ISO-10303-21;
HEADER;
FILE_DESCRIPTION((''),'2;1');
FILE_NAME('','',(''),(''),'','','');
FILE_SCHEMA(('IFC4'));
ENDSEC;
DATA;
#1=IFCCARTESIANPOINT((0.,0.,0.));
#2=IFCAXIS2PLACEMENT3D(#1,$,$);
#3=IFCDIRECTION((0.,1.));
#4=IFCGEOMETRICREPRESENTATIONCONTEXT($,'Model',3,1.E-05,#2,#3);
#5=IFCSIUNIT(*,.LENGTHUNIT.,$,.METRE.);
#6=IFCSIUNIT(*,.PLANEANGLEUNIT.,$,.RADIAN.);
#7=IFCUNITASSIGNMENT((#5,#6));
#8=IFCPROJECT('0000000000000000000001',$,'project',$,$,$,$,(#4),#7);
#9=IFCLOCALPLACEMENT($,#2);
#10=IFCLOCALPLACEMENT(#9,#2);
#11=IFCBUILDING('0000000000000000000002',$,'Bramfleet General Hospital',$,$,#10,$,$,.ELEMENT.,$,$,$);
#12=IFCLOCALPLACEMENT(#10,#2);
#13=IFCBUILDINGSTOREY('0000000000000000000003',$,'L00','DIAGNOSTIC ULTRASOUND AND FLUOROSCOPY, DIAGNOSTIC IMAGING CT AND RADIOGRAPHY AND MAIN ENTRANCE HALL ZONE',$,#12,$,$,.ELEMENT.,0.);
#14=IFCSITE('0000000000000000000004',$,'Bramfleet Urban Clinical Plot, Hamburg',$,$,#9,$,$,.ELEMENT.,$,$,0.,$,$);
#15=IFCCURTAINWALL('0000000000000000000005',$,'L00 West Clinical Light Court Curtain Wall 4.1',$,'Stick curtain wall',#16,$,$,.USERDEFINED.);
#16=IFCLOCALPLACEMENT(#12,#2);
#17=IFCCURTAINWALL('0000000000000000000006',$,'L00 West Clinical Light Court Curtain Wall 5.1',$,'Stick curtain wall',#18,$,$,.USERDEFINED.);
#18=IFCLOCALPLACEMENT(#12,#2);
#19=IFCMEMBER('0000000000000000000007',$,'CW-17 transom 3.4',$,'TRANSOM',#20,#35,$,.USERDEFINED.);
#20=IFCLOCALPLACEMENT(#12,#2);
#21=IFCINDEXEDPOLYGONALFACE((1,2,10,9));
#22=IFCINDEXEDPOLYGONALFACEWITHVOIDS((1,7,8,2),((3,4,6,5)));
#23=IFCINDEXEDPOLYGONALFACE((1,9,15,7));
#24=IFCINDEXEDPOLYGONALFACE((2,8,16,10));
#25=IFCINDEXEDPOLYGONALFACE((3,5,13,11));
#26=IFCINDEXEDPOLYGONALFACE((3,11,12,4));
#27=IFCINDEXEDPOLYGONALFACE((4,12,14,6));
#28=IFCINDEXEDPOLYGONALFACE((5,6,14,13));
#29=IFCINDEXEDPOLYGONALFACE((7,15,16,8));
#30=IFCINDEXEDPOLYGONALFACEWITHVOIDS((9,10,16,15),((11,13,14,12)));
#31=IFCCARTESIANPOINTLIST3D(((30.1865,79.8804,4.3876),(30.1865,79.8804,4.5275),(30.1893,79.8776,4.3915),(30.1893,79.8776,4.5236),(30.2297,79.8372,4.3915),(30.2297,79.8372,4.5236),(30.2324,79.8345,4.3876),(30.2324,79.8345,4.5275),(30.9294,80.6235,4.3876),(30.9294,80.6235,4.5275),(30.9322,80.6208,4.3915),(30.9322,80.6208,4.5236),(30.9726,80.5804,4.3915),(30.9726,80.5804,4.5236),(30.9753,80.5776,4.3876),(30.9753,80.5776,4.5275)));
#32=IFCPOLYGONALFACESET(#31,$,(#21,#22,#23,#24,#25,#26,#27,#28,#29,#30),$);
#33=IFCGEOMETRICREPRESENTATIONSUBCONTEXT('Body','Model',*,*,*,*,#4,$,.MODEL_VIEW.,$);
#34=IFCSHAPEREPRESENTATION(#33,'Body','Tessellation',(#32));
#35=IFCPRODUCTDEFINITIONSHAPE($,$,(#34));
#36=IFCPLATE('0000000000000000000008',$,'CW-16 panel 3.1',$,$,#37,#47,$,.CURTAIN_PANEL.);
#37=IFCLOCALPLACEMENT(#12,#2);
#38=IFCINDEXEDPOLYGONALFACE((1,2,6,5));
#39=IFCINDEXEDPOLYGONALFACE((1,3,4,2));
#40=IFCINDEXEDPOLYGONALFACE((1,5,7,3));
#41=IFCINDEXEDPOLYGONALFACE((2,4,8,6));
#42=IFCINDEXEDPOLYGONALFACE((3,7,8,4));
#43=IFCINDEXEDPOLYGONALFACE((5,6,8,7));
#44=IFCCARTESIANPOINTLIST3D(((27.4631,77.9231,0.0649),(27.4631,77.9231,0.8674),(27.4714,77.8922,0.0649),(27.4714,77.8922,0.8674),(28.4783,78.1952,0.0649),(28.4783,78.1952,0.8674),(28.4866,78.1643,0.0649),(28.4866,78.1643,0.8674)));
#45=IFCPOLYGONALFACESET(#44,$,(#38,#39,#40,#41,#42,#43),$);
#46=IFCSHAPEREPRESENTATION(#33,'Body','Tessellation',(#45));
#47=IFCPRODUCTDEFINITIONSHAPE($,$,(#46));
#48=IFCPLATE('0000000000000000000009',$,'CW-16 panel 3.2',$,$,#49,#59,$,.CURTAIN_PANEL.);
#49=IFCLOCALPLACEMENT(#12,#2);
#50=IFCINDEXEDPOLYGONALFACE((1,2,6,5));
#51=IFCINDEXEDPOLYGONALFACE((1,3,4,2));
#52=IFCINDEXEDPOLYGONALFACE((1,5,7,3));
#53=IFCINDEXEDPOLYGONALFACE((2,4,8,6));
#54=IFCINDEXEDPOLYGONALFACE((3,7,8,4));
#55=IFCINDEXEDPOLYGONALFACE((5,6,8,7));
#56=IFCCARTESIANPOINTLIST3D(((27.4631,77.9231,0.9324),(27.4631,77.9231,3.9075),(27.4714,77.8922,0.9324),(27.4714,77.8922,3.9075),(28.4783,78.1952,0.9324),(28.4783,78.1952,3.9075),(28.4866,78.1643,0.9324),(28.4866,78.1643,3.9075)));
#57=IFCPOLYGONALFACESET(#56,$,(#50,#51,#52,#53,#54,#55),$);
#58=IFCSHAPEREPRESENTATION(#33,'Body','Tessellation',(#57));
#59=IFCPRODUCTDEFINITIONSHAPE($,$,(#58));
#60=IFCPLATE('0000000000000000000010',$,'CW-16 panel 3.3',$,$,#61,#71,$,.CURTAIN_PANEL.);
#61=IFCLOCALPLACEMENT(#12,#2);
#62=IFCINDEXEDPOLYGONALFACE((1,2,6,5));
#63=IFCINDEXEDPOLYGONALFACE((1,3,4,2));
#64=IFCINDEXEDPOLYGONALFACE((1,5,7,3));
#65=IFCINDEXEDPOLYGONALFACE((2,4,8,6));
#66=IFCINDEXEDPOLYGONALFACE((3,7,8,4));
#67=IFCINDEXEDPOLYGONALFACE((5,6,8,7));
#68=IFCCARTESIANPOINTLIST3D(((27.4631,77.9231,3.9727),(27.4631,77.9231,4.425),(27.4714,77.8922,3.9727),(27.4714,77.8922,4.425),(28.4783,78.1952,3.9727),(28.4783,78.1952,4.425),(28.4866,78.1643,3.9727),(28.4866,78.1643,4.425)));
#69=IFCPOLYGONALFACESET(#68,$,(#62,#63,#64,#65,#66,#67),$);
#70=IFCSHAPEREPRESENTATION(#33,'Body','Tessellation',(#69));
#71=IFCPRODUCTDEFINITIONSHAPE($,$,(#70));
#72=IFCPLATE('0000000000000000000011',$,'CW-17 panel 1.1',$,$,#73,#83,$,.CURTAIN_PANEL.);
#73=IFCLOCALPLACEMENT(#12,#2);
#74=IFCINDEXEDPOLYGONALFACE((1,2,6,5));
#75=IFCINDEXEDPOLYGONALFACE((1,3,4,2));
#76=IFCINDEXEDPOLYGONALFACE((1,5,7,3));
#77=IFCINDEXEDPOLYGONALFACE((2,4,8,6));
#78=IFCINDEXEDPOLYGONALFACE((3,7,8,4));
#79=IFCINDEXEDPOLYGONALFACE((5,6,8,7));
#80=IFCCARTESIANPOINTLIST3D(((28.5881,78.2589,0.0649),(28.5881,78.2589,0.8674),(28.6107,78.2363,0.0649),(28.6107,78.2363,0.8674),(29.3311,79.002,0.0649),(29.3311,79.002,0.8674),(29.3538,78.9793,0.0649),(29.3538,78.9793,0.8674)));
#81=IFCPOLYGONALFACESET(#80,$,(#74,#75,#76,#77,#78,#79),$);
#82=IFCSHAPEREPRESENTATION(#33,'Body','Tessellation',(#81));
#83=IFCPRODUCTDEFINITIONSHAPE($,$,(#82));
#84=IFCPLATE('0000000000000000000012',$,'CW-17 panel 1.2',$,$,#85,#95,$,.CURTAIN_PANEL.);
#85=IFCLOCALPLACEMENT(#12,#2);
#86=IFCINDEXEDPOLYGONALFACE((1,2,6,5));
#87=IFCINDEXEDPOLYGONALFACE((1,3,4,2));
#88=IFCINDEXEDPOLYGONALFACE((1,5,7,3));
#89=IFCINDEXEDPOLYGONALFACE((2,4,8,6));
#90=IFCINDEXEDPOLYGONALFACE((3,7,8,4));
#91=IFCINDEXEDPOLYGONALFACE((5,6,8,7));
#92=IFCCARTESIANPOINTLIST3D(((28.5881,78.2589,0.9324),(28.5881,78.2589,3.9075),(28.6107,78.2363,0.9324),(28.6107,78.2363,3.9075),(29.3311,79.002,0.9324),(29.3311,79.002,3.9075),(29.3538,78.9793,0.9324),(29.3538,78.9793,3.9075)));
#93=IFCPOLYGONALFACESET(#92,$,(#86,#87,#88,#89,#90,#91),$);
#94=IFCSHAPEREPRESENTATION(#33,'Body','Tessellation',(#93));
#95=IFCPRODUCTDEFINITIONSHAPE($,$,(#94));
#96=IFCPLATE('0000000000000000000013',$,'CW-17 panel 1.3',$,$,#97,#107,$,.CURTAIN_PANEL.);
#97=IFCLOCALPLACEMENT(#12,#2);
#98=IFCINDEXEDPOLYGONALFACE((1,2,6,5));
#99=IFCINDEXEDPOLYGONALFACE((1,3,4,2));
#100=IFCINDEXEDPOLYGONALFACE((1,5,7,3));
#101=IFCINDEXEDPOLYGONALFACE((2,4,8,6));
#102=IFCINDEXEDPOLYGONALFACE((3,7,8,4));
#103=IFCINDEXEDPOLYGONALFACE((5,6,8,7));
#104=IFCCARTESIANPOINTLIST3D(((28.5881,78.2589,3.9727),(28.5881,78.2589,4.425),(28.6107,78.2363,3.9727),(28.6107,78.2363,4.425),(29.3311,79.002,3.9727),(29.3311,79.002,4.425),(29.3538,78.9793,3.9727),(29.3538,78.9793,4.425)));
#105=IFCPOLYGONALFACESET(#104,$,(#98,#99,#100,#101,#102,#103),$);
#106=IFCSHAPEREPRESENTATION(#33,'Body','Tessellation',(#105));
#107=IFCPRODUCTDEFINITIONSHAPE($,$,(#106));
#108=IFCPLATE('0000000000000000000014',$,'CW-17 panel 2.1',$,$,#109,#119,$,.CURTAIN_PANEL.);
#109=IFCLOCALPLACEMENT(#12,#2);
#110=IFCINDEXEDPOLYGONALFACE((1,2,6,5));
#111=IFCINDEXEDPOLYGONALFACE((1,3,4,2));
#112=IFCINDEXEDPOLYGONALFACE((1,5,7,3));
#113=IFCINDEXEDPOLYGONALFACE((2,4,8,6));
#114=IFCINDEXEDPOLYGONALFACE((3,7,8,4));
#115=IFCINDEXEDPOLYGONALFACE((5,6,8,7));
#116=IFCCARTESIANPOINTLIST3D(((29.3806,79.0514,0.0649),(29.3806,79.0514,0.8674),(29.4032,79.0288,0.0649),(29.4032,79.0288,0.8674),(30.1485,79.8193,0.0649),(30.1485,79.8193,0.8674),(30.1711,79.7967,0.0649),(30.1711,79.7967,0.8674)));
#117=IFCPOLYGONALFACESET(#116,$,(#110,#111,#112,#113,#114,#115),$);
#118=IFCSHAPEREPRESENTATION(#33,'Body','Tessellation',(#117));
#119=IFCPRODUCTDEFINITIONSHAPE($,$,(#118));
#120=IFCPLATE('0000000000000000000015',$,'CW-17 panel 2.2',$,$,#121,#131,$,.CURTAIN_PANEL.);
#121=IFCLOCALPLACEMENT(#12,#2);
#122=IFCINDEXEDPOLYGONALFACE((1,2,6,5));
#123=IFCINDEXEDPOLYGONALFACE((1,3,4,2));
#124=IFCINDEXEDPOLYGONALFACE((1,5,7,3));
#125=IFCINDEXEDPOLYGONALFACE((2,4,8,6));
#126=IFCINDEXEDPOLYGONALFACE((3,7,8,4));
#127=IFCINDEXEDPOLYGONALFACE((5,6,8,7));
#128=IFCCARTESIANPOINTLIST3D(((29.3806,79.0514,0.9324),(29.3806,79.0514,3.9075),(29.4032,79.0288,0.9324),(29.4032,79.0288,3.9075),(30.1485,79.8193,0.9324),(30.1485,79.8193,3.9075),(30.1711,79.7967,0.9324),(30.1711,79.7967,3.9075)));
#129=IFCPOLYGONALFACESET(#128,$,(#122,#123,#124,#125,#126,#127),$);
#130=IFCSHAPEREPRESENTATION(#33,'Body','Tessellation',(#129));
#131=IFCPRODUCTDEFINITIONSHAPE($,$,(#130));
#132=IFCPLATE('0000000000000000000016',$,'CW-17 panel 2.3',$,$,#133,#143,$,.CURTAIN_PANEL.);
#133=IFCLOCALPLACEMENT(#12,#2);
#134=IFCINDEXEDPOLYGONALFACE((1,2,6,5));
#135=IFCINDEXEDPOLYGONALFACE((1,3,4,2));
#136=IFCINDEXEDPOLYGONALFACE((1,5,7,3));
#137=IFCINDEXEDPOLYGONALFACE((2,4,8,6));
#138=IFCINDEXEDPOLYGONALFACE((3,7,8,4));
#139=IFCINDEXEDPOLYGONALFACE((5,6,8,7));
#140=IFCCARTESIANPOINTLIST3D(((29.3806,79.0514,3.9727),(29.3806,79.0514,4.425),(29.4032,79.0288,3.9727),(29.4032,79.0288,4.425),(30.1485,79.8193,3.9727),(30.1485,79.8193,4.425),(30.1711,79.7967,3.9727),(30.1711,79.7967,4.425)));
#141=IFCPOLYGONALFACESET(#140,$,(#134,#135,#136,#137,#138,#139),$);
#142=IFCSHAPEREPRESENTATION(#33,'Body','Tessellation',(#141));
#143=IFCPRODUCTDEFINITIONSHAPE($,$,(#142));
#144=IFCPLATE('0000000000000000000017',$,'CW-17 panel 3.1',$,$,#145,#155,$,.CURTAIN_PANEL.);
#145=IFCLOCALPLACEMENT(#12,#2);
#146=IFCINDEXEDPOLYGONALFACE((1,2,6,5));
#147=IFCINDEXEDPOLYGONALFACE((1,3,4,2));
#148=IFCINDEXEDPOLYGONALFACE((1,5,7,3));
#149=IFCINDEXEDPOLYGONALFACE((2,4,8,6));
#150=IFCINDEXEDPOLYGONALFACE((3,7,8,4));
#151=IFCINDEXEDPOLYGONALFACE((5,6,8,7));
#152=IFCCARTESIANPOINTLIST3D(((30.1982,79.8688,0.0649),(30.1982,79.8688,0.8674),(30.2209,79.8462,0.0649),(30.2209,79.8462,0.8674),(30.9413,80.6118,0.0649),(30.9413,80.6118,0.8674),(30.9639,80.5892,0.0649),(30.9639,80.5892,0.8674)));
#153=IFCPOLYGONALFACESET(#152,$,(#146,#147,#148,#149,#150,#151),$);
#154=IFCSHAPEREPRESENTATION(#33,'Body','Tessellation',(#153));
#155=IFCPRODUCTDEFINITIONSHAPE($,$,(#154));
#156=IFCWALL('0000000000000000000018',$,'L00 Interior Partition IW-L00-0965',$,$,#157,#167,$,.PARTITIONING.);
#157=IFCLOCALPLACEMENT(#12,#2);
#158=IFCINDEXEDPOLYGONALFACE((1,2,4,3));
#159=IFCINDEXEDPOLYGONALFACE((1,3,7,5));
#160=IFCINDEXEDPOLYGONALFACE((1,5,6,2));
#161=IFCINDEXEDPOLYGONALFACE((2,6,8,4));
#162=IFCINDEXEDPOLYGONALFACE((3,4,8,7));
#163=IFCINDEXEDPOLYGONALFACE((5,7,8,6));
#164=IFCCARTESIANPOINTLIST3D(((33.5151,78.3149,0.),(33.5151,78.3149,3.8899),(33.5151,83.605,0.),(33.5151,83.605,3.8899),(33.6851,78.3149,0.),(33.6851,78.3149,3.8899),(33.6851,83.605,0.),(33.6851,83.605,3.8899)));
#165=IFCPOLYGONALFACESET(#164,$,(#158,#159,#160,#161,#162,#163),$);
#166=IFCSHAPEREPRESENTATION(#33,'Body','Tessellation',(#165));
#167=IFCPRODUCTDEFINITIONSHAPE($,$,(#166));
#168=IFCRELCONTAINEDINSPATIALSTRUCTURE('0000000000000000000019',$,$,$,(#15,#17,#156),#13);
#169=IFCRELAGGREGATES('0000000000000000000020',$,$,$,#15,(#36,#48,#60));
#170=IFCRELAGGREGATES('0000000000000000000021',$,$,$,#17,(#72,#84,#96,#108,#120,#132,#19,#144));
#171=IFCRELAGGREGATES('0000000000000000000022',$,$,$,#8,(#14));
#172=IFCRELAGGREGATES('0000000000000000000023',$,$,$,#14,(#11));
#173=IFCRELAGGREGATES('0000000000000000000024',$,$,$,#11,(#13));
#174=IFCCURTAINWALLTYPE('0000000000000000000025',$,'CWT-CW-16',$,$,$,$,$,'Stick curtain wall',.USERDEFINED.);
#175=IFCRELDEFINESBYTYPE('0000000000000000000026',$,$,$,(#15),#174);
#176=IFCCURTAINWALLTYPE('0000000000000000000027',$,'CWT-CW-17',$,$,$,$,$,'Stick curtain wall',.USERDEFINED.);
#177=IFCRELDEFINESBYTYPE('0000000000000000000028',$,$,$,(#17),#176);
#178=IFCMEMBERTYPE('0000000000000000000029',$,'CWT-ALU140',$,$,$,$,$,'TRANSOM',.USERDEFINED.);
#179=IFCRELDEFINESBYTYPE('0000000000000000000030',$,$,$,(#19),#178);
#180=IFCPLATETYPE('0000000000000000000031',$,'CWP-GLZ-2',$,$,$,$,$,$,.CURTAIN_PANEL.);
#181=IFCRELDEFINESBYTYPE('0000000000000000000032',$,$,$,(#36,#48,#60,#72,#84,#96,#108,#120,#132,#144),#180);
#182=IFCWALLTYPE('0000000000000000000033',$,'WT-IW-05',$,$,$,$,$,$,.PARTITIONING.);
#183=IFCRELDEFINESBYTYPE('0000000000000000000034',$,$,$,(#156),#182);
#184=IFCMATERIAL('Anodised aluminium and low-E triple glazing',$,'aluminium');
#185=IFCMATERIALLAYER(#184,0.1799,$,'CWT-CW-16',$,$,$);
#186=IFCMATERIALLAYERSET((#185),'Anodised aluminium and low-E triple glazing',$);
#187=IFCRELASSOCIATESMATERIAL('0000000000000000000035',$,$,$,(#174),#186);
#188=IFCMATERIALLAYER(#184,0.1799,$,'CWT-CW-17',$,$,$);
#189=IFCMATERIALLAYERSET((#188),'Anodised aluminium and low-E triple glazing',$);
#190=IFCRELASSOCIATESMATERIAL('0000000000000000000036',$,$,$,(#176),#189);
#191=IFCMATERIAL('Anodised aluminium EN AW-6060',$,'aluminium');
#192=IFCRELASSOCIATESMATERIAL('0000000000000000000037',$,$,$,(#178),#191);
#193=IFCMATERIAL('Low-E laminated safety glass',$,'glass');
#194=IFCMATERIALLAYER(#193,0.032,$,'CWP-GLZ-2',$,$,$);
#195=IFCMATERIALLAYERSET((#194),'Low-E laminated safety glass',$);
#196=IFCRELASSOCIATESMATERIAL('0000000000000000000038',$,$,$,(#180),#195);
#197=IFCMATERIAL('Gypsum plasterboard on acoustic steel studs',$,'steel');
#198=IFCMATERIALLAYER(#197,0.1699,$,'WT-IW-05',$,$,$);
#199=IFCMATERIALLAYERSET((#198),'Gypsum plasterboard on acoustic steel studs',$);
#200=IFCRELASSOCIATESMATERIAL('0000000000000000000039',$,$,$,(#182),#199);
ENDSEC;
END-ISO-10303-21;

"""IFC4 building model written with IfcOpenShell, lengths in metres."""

from ifc_helpers import new_model, si_unit, direction, frame, frame_2d, origin, origin_2d, place, context, subcontext, project, spatial, rectangle, hollow_rectangle, extrude, material, layer, layer_set, material_profile, profile_set, type_object, element, aggregate, save


model = new_model("IFC4")

# Units and contexts
model_context = context("Model", 3, precision=1e-05, world=origin(), true_north=direction((0.0, 1.0)))
body_context = subcontext(model_context, "Body", "Model", "MODEL_VIEW")
ifc_project = project(units=[si_unit("LENGTHUNIT", "METRE"), si_unit("PLANEANGLEUNIT", "RADIAN")], contexts=[model_context])

# Site, building, storey
site_placement = place(None, origin())
site = spatial("IfcSite", under=ifc_project, at=site_placement, Name="Bramfleet Urban Clinical Plot, Hamburg", CompositionType="ELEMENT", RefElevation=0.0)
building_placement = place(site_placement, origin())
building = spatial("IfcBuilding", under=site, at=building_placement, Name="Bramfleet General Hospital", CompositionType="ELEMENT")
storey_placement = place(building_placement, origin())
storey = spatial("IfcBuildingStorey", under=building, at=storey_placement, Name="L00", Description="DIAGNOSTIC ULTRASOUND AND FLUOROSCOPY, DIAGNOSTIC IMAGING CT AND RADIOGRAPHY AND MAIN ENTRANCE HALL ZONE", CompositionType="ELEMENT", Elevation=0.0)

# Curtain wall
ifc_material_1 = material(Name="Anodised aluminium and low-E triple glazing", Category="aluminium")
ifc_layer_1 = layer(ifc_material_1, 0.1799, Name="CWT-CW-16")
ifc_layer_set_1 = layer_set([ifc_layer_1], Name="Anodised aluminium and low-E triple glazing")
curtain_wall_type_1 = type_object("IfcCurtainWallType", Name="CWT-CW-16", ElementType="Stick curtain wall", PredefinedType="USERDEFINED", material=ifc_layer_set_1)
curtain_wall_1_placement = place(storey_placement, origin())
curtain_wall_1 = element("IfcCurtainWall", 1, at=curtain_wall_1_placement, inside=storey, type_object=curtain_wall_type_1, Name="L00 West Clinical Light Court Curtain Wall 4.1", ObjectType="Stick curtain wall", PredefinedType="USERDEFINED")
ifc_material_2 = material(Name="Anodised aluminium EN AW-6060", Category="aluminium")

# Curtain wall
ifc_layer_2 = layer(ifc_material_1, 0.1799, Name="CWT-CW-17")
ifc_layer_set_2 = layer_set([ifc_layer_2], Name="Anodised aluminium and low-E triple glazing")
curtain_wall_type_2 = type_object("IfcCurtainWallType", Name="CWT-CW-17", ElementType="Stick curtain wall", PredefinedType="USERDEFINED", material=ifc_layer_set_2)
curtain_wall_2_placement = place(storey_placement, origin())
curtain_wall_2 = element("IfcCurtainWall", 2, at=curtain_wall_2_placement, inside=storey, type_object=curtain_wall_type_2, Name="L00 West Clinical Light Court Curtain Wall 5.1", ObjectType="Stick curtain wall", PredefinedType="USERDEFINED")

# Member
ifc_material_profile_1 = material_profile(ifc_material_2, hollow_rectangle(XDim=0.0649, YDim=0.1399, WallThickness=0.0039, at=origin_2d()), Name="ALU 140x65x4.0")
ifc_profile_set_1 = profile_set([ifc_material_profile_1], Name="Anodised aluminium EN AW-6060")
member_type_1 = type_object("IfcMemberType", Name="CWT-ALU140", ElementType="TRANSOM", PredefinedType="USERDEFINED", material=ifc_profile_set_1)
member_1_placement = place(storey_placement, frame((30.2095, 79.8574, 4.4575), z_axis=(0.706991, 0.707223, 0.0), x_axis=(-0.707223, 0.706991, 0.0)))
member_1 = element("IfcMember", 3, at=member_1_placement, type_object=member_type_1, Name="CW-17 transom 3.4", ObjectType="TRANSOM", PredefinedType="USERDEFINED", context=body_context, shape_type="SweptSolid", body=[
    extrude(hollow_rectangle(XDim=0.0649, YDim=0.1399, WallThickness=0.0039, at=origin_2d()), origin(), (0.0, 0.0, 1.0), 1.0508),
])

# Plates
ifc_material_3 = material(Name="Low-E laminated safety glass", Category="glass")
ifc_layer_3 = layer(ifc_material_3, 0.032, Name="CWP-GLZ-2")
ifc_layer_set_3 = layer_set([ifc_layer_3], Name="Low-E laminated safety glass")
plate_type = type_object("IfcPlateType", Name="CWP-GLZ-2", PredefinedType="CURTAIN_PANEL", material=ifc_layer_set_3)
plate_1_placement = place(storey_placement, frame((27.9749, 78.0437, 0.0649), z_axis=(0.0, 0.0, 1.0), x_axis=(0.965899, 0.258919, 0.0)))
plate_1 = element("IfcPlate", 4, at=plate_1_placement, type_object=plate_type, Name="CW-16 panel 3.1", PredefinedType="CURTAIN_PANEL", context=body_context, shape_type="SweptSolid", body=[
    extrude(rectangle(XDim=1.051, YDim=0.032, at=origin_2d()), origin(), (0.0, 0.0, 1.0), 0.8025),
])
plate_2_placement = place(storey_placement, frame((27.9749, 78.0437, 0.9324), z_axis=(0.0, 0.0, 1.0), x_axis=(0.965899, 0.258919, 0.0)))
plate_2 = element("IfcPlate", 5, at=plate_2_placement, type_object=plate_type, Name="CW-16 panel 3.2", PredefinedType="CURTAIN_PANEL", context=body_context, shape_type="SweptSolid", body=[
    extrude(rectangle(XDim=1.051, YDim=0.032, at=origin_2d()), origin(), (0.0, 0.0, 1.0), 2.9751),
])
plate_3_placement = place(storey_placement, frame((27.9749, 78.0437, 3.9727), z_axis=(0.0, 0.0, 1.0), x_axis=(0.965899, 0.258919, 0.0)))
plate_3 = element("IfcPlate", 6, at=plate_3_placement, type_object=plate_type, Name="CW-16 panel 3.3", PredefinedType="CURTAIN_PANEL", context=body_context, shape_type="SweptSolid", body=[
    extrude(rectangle(XDim=1.051, YDim=0.032, at=origin_2d()), origin(), (0.0, 0.0, 1.0), 0.4524),
])
aggregate(curtain_wall_1, [plate_1, plate_2, plate_3])
plate_4_placement = place(storey_placement, frame((28.9709, 78.6191, 0.0649), z_axis=(0.0, 0.0, 1.0), x_axis=(0.707107, 0.707107, 0.0)))
plate_4 = element("IfcPlate", 7, at=plate_4_placement, type_object=plate_type, Name="CW-17 panel 1.1", PredefinedType="CURTAIN_PANEL", context=body_context, shape_type="SweptSolid", body=[
    extrude(rectangle(XDim=1.0508, YDim=0.032, at=origin_2d()), origin(), (0.0, 0.0, 1.0), 0.8025),
])
plate_5_placement = place(storey_placement, frame((28.9709, 78.6191, 0.9324), z_axis=(0.0, 0.0, 1.0), x_axis=(0.707107, 0.707107, 0.0)))
plate_5 = element("IfcPlate", 8, at=plate_5_placement, type_object=plate_type, Name="CW-17 panel 1.2", PredefinedType="CURTAIN_PANEL", context=body_context, shape_type="SweptSolid", body=[
    extrude(rectangle(XDim=1.0508, YDim=0.032, at=origin_2d()), origin(), (0.0, 0.0, 1.0), 2.9751),
])
plate_6_placement = place(storey_placement, frame((28.9709, 78.6191, 3.9727), z_axis=(0.0, 0.0, 1.0), x_axis=(0.707107, 0.707107, 0.0)))
plate_6 = element("IfcPlate", 9, at=plate_6_placement, type_object=plate_type, Name="CW-17 panel 1.3", PredefinedType="CURTAIN_PANEL", context=body_context, shape_type="SweptSolid", body=[
    extrude(rectangle(XDim=1.0508, YDim=0.032, at=origin_2d()), origin(), (0.0, 0.0, 1.0), 0.4524),
])
plate_7_placement = place(storey_placement, frame((29.7759, 79.4241, 0.0649), z_axis=(0.0, 0.0, 1.0), x_axis=(0.707107, 0.707107, 0.0)))
plate_7 = element("IfcPlate", 10, at=plate_7_placement, type_object=plate_type, Name="CW-17 panel 2.1", PredefinedType="CURTAIN_PANEL", context=body_context, shape_type="SweptSolid", body=[
    extrude(rectangle(XDim=1.0859, YDim=0.032, at=origin_2d()), origin(), (0.0, 0.0, 1.0), 0.8025),
])
plate_8_placement = place(storey_placement, frame((29.7759, 79.4241, 0.9324), z_axis=(0.0, 0.0, 1.0), x_axis=(0.707107, 0.707107, 0.0)))
plate_8 = element("IfcPlate", 11, at=plate_8_placement, type_object=plate_type, Name="CW-17 panel 2.2", PredefinedType="CURTAIN_PANEL", context=body_context, shape_type="SweptSolid", body=[
    extrude(rectangle(XDim=1.0859, YDim=0.032, at=origin_2d()), origin(), (0.0, 0.0, 1.0), 2.9751),
])
plate_9_placement = place(storey_placement, frame((29.7759, 79.4241, 3.9727), z_axis=(0.0, 0.0, 1.0), x_axis=(0.707107, 0.707107, 0.0)))
plate_9 = element("IfcPlate", 12, at=plate_9_placement, type_object=plate_type, Name="CW-17 panel 2.3", PredefinedType="CURTAIN_PANEL", context=body_context, shape_type="SweptSolid", body=[
    extrude(rectangle(XDim=1.0859, YDim=0.032, at=origin_2d()), origin(), (0.0, 0.0, 1.0), 0.4524),
])
plate_10_placement = place(storey_placement, frame((30.5811, 80.229, 0.0649), z_axis=(0.0, 0.0, 1.0), x_axis=(0.707107, 0.707107, 0.0)))
plate_10 = element("IfcPlate", 13, at=plate_10_placement, type_object=plate_type, Name="CW-17 panel 3.1", PredefinedType="CURTAIN_PANEL", context=body_context, shape_type="SweptSolid", body=[
    extrude(rectangle(XDim=1.0508, YDim=0.032, at=origin_2d()), origin(), (0.0, 0.0, 1.0), 0.8025),
])
aggregate(curtain_wall_2, [plate_4, plate_5, plate_6, plate_7, plate_8, plate_9, member_1, plate_10])

# Wall
ifc_material_4 = material(Name="Gypsum plasterboard on acoustic steel studs", Category="steel")
ifc_layer_4 = layer(ifc_material_4, 0.1699, Name="WT-IW-05")
ifc_layer_set_4 = layer_set([ifc_layer_4], Name="Gypsum plasterboard on acoustic steel studs")
wall_type_1 = type_object("IfcWallType", Name="WT-IW-05", PredefinedType="PARTITIONING", material=ifc_layer_set_4)
wall_1_placement = place(storey_placement, frame((33.6001, 78.3149, 0.0), z_axis=(0.0, 0.0, 1.0), x_axis=(0.0, 1.0, 0.0)))
element("IfcWall", 14, at=wall_1_placement, inside=storey, type_object=wall_type_1, Name="L00 Interior Partition IW-L00-0965", PredefinedType="PARTITIONING", context=body_context, shape_type="SweptSolid", body=[
    extrude(rectangle(XDim=5.29, YDim=0.1699, at=frame_2d((2.645, 0.0))), origin(), (0.0, 0.0, 1.0), 3.8899),
])

save(model, "model.ifc")
